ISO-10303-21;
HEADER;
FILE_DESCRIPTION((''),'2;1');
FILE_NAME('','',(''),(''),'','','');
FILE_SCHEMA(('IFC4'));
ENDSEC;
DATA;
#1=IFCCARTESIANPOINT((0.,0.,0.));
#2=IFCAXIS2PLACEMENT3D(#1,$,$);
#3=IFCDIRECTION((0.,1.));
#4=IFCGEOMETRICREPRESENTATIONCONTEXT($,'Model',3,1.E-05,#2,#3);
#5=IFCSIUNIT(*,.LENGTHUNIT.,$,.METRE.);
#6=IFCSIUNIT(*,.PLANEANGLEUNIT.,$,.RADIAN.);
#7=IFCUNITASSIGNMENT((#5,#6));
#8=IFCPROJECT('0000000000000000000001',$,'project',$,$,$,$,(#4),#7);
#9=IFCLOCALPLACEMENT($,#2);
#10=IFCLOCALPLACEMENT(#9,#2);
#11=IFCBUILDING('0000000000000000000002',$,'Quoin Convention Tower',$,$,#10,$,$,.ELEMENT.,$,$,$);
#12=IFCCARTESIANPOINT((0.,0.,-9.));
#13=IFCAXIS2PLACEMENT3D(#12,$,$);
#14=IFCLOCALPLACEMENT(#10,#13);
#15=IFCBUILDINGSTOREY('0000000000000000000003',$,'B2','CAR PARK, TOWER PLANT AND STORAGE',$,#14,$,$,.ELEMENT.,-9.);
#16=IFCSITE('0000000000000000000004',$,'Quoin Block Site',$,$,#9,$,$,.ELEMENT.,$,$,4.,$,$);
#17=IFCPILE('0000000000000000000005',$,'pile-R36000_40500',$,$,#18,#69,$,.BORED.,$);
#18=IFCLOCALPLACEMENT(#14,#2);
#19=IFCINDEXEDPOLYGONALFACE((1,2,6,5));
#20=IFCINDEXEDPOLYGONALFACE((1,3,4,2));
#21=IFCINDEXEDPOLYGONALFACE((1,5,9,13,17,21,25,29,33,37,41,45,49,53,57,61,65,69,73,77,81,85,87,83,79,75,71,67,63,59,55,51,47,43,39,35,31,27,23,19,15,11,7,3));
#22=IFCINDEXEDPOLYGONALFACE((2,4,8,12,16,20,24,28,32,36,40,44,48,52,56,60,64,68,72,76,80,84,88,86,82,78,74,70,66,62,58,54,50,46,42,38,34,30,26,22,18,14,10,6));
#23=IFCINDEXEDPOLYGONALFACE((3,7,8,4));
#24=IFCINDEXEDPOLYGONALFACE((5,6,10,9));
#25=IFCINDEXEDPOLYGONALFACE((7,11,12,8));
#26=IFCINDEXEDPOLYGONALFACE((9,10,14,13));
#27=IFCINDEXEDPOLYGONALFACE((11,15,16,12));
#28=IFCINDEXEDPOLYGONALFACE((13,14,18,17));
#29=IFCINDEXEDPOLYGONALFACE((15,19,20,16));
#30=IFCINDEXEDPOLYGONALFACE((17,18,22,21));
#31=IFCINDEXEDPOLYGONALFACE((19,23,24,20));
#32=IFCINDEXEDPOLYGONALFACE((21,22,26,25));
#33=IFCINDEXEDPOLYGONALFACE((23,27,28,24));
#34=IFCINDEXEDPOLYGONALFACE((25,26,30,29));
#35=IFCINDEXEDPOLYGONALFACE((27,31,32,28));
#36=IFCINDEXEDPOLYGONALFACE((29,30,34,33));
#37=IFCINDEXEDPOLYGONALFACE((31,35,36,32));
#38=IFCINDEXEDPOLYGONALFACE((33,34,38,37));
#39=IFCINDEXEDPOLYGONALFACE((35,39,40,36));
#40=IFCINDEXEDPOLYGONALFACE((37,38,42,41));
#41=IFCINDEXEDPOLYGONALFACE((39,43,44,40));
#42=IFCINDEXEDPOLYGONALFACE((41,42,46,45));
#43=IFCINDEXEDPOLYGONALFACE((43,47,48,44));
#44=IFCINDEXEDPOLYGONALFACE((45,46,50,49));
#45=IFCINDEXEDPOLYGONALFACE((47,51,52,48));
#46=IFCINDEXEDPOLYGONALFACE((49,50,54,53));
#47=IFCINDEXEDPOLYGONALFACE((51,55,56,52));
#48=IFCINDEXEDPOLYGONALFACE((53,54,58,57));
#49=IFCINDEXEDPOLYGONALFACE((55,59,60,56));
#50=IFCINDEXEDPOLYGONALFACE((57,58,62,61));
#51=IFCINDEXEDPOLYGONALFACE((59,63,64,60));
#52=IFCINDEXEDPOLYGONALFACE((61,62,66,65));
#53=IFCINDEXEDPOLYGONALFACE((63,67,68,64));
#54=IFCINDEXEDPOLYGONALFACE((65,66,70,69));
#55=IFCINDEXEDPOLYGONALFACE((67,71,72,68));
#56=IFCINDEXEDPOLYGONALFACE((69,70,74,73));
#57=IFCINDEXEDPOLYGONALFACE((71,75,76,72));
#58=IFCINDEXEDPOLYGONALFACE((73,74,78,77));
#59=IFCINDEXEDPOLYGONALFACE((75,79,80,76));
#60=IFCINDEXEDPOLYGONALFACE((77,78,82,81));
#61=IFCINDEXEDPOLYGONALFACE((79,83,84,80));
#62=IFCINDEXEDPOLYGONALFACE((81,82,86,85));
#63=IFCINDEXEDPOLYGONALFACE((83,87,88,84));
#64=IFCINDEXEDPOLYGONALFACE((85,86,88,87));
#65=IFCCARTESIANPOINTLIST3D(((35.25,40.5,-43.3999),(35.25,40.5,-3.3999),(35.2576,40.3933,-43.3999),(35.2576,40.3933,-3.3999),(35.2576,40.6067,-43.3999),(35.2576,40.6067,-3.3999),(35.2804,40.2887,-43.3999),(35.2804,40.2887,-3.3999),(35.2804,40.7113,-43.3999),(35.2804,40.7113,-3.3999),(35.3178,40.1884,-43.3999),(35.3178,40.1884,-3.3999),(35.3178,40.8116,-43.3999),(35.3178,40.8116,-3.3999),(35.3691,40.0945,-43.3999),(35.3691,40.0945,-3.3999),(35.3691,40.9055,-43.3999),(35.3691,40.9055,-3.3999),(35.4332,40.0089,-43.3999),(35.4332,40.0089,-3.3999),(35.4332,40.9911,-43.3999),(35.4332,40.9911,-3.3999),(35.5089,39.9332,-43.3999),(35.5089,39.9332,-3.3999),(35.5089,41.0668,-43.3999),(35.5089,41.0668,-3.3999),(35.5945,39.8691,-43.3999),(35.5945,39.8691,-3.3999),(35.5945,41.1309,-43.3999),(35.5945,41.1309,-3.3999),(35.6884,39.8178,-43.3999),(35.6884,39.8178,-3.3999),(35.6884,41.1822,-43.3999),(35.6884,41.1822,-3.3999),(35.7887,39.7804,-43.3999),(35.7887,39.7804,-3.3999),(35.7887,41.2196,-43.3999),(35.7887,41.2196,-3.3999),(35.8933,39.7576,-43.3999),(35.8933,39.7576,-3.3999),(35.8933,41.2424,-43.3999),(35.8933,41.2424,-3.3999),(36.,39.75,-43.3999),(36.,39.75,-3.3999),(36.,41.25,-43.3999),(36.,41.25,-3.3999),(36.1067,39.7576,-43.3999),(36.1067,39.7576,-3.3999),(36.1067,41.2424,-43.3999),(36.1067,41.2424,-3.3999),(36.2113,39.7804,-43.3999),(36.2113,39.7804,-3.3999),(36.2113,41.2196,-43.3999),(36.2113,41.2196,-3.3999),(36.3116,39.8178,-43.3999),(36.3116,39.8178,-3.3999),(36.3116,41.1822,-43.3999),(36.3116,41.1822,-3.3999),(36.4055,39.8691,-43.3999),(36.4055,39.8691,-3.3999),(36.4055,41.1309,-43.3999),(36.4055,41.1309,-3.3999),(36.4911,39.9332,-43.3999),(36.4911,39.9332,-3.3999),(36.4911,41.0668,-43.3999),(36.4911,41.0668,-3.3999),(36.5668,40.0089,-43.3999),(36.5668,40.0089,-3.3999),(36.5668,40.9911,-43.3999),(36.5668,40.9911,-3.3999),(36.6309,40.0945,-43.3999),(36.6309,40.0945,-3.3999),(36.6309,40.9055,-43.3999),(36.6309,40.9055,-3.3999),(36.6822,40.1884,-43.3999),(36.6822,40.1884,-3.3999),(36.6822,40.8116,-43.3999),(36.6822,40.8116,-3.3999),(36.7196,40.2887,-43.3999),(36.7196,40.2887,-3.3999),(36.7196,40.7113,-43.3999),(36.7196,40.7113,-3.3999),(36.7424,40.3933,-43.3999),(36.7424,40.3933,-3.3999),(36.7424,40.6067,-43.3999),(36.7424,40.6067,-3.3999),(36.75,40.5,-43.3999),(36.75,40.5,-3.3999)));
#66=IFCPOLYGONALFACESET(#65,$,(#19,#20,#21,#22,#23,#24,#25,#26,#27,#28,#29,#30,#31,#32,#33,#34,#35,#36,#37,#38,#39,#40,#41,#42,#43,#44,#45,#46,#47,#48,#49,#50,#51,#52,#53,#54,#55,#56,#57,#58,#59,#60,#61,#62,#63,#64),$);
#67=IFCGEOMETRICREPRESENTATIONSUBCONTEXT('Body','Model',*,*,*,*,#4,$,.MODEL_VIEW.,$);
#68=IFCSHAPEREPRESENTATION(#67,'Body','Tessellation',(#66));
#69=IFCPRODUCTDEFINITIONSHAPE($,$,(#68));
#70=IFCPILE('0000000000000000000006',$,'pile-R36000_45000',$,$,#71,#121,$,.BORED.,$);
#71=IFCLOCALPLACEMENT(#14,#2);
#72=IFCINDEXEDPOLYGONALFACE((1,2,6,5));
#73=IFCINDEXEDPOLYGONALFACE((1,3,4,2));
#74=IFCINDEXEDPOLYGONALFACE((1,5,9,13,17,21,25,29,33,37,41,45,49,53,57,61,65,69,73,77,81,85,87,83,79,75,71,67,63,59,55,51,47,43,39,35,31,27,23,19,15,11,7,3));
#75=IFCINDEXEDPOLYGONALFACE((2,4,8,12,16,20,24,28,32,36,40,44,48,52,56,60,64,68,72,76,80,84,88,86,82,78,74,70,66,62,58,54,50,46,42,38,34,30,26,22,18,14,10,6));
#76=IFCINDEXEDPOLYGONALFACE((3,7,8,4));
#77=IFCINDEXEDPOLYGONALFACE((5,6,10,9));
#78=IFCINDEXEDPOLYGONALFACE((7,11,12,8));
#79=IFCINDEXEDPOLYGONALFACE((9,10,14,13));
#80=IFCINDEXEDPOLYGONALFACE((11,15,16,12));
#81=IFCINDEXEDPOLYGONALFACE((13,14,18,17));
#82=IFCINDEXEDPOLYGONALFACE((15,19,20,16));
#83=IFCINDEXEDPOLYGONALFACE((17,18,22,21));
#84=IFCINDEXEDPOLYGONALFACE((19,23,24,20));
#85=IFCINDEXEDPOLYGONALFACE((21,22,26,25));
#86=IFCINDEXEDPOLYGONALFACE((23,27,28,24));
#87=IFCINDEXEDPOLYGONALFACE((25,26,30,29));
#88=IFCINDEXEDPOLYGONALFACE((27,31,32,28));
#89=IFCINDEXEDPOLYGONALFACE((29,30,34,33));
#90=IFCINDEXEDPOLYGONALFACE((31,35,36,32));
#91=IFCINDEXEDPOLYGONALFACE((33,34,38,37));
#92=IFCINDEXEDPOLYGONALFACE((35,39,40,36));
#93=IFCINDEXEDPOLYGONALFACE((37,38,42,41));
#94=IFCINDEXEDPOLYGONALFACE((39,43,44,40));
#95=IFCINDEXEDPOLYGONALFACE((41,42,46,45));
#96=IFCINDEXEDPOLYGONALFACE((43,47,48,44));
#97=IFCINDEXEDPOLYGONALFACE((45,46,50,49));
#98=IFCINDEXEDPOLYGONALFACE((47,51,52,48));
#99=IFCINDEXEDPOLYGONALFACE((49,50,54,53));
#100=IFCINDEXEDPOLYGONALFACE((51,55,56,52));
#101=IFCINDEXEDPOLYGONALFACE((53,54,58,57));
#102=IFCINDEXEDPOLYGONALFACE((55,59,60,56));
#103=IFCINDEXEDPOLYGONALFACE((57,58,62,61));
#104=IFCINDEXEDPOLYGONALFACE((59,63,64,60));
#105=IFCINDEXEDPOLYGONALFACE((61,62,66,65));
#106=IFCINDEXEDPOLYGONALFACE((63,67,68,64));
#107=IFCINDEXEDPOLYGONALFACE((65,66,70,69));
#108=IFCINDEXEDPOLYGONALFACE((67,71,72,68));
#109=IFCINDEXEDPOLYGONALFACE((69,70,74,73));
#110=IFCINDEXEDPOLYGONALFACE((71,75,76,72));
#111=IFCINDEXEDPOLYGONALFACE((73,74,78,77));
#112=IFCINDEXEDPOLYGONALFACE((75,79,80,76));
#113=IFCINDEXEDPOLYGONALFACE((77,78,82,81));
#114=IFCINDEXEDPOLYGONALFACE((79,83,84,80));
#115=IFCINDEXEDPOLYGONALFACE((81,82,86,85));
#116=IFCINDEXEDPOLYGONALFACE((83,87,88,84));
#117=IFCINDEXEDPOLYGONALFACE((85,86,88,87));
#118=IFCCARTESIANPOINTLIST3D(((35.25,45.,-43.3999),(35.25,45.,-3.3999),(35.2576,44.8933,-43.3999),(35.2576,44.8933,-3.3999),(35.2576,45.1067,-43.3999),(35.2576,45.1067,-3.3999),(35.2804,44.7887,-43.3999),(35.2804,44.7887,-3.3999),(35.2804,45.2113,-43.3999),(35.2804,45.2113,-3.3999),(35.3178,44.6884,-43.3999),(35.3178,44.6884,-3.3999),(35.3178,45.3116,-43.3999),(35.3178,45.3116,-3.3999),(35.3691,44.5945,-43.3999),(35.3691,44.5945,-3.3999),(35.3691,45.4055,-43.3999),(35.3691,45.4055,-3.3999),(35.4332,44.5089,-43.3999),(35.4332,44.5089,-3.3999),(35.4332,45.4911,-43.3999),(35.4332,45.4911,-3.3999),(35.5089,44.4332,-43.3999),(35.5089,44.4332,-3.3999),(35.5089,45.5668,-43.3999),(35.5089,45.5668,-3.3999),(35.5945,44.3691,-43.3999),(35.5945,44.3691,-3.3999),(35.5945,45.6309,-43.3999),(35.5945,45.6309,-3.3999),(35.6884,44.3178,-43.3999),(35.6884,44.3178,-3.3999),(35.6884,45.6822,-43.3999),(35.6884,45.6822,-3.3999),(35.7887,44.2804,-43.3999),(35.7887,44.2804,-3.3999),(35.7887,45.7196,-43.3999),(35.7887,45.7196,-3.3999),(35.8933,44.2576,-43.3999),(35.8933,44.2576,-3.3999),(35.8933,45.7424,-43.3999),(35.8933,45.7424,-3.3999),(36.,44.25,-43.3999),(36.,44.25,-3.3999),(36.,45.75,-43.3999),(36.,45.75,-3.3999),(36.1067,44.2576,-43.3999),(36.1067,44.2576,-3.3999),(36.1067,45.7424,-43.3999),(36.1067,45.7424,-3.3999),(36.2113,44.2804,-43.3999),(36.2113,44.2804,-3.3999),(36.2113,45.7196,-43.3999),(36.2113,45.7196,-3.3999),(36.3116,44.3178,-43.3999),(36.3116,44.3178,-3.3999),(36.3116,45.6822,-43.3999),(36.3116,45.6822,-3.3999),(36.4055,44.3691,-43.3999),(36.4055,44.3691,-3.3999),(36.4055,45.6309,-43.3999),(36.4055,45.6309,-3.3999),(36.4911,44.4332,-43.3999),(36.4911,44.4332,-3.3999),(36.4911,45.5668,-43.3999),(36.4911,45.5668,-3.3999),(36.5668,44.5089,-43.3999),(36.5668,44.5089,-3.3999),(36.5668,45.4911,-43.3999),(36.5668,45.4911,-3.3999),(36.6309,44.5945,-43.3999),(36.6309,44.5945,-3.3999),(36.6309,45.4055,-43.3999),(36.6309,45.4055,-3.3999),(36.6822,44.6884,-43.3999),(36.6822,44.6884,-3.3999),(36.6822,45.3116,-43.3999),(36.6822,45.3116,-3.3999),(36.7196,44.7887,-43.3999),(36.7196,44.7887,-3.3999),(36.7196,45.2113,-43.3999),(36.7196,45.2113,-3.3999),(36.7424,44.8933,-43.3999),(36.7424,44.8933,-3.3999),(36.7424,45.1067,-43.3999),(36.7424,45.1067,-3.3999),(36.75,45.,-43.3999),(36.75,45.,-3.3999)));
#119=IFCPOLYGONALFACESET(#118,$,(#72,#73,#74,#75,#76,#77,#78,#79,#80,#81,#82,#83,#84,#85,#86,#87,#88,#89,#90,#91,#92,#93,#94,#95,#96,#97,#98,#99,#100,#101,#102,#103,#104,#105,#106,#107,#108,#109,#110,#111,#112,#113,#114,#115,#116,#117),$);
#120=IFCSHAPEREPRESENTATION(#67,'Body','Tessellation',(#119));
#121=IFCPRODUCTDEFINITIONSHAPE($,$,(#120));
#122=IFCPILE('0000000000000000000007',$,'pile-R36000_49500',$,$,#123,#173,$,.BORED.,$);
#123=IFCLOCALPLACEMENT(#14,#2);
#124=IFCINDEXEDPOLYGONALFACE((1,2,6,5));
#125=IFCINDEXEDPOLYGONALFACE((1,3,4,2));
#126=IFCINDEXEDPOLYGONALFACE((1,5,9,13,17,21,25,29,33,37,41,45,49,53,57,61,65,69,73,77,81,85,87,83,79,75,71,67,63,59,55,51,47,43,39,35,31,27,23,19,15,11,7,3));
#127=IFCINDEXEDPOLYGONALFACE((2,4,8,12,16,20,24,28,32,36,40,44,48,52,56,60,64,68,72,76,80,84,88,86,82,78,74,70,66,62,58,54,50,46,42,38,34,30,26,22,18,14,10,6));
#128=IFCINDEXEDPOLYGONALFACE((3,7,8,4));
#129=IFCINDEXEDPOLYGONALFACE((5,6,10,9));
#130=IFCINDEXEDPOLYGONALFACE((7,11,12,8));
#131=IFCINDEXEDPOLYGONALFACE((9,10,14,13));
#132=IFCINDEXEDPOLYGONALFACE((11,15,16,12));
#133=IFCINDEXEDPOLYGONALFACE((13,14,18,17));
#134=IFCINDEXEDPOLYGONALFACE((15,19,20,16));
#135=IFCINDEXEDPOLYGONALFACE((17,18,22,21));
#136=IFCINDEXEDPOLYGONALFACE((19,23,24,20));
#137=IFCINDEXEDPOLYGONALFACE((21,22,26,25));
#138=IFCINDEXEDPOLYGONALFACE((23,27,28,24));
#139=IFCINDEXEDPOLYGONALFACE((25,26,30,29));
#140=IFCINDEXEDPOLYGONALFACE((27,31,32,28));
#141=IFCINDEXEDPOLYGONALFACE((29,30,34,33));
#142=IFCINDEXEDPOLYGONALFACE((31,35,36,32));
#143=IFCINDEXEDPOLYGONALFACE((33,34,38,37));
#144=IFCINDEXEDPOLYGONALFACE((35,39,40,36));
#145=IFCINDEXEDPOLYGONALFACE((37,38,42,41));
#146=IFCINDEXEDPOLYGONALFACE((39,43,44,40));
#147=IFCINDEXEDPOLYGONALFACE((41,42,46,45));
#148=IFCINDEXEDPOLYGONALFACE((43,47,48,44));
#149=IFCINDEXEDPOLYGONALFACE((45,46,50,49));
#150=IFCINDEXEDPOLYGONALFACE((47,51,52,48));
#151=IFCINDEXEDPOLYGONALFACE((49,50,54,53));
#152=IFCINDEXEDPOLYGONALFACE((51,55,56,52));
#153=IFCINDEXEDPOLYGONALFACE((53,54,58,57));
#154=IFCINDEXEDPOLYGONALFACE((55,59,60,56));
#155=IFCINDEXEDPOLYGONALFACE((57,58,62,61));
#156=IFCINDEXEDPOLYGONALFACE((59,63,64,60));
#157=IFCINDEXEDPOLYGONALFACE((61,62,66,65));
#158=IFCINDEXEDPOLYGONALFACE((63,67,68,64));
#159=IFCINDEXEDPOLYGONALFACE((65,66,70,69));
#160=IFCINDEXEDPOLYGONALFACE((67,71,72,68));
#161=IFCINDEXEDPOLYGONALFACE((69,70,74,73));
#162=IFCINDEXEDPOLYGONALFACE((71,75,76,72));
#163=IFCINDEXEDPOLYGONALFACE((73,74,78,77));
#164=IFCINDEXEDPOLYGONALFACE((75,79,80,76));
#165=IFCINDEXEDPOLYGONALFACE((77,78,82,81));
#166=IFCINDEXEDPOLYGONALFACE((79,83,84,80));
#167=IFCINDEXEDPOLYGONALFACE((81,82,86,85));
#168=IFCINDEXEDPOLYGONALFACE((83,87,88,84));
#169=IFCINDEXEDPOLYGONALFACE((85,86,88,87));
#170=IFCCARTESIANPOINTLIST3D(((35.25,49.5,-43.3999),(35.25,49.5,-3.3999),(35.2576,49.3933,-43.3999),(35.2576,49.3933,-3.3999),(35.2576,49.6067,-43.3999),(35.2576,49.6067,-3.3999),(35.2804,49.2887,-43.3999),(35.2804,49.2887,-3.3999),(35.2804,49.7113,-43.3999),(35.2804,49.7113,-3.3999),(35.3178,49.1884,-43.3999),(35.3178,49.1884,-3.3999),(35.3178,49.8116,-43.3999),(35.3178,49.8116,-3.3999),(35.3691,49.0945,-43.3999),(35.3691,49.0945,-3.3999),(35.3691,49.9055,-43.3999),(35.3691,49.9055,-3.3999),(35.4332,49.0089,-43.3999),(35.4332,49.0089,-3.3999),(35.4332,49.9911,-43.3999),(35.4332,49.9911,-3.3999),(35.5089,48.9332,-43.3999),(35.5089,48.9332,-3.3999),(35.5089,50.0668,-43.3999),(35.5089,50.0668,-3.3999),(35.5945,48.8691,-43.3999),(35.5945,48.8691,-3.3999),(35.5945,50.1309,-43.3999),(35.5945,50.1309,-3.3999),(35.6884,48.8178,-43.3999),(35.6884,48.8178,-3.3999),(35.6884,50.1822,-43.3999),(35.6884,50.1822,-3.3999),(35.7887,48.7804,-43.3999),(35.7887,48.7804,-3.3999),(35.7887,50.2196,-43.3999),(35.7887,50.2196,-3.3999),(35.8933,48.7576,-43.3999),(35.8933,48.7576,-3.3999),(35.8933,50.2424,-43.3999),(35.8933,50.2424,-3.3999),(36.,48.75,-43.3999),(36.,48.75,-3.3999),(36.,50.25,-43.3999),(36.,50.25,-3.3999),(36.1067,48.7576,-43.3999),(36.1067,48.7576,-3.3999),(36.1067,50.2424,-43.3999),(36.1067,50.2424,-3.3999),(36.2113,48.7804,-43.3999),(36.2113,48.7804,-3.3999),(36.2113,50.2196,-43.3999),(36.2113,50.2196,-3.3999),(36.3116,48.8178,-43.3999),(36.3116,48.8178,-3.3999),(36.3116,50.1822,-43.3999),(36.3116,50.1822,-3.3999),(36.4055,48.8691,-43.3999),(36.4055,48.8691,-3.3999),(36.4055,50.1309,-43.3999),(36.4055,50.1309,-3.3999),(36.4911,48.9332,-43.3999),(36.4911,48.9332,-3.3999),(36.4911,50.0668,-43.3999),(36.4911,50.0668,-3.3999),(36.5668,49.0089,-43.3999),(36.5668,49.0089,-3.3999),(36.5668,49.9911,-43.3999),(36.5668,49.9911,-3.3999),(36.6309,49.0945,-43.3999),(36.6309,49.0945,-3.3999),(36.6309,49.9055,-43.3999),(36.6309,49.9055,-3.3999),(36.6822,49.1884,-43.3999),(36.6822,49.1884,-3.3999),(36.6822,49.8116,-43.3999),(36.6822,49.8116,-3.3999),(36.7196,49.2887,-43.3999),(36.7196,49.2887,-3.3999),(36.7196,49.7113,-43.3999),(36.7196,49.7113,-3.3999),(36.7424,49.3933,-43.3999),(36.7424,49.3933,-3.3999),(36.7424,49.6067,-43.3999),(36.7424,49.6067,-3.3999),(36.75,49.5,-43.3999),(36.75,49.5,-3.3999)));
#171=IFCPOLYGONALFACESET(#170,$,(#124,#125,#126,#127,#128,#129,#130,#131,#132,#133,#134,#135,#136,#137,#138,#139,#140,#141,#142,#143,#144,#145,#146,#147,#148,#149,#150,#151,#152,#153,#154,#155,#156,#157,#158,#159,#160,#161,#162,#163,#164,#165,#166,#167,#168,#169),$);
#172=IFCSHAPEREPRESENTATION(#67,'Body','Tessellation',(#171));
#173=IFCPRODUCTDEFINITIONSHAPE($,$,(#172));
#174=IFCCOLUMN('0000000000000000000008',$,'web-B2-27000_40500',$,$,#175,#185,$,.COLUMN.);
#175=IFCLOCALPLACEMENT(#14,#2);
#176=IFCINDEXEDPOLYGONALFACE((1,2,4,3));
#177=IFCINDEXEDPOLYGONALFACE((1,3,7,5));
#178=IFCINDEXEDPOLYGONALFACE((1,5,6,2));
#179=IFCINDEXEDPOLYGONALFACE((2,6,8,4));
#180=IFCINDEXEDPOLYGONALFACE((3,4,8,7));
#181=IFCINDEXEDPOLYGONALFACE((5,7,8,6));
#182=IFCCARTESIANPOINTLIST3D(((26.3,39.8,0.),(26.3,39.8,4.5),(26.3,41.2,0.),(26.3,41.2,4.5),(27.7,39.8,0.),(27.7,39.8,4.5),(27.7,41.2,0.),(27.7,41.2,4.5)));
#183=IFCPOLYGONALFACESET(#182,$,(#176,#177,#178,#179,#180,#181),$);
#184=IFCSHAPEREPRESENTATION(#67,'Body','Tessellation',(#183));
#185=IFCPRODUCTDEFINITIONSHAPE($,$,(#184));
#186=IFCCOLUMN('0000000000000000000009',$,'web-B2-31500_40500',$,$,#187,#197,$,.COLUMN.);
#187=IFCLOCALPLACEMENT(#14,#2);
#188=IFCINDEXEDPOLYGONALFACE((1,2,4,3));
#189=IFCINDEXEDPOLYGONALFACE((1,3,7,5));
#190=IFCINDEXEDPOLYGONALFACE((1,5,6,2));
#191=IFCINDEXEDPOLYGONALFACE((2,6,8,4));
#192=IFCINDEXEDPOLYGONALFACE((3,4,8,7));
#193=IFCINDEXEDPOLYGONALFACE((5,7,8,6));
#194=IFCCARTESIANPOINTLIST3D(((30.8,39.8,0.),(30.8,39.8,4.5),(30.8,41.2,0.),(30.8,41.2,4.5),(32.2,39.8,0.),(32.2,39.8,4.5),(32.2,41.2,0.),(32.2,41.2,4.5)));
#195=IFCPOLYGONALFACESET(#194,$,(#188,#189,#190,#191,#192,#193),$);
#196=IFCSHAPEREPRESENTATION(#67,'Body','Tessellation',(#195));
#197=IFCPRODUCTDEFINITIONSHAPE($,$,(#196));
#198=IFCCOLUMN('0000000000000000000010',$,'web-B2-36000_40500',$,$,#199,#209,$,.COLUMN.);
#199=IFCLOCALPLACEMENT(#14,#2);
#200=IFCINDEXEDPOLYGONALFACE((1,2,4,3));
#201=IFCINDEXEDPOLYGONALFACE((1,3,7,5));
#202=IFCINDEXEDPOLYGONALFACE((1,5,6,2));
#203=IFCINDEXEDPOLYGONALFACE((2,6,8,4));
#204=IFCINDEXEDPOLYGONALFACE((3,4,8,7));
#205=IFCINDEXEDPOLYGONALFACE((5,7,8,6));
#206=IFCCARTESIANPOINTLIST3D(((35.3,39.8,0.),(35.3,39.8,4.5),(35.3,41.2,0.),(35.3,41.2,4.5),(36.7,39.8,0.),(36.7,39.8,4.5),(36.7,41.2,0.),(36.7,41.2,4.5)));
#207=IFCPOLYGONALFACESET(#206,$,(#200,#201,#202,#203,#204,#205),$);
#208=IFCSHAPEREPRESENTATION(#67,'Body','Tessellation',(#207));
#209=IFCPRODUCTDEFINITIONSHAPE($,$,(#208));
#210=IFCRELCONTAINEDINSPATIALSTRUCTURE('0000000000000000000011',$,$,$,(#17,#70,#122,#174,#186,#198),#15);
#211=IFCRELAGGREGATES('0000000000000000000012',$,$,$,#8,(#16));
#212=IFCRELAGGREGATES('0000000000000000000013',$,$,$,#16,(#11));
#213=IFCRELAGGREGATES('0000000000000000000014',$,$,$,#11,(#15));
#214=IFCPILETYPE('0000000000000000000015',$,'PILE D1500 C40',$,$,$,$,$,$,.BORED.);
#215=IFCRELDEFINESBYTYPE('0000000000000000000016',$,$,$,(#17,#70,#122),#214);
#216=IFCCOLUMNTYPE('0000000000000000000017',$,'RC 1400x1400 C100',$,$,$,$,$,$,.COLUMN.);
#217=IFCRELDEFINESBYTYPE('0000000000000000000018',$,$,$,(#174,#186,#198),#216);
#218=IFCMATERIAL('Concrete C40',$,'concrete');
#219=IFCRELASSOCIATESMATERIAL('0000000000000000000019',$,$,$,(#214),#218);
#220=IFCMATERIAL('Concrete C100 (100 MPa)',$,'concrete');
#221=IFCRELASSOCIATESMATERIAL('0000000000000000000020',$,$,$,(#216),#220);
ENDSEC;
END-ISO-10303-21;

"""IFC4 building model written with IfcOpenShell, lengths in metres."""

from ifc_helpers import new_model, si_unit, direction, frame, origin, origin_2d, place, context, subcontext, project, spatial, rectangle, circle, extrude, material, material_profile, profile_set, type_object, element, save


model = new_model("IFC4")

# Units and contexts
model_context = context("Model", 3, precision=1e-05, world=origin(), true_north=direction((0.0, 1.0)))
body_context = subcontext(model_context, "Body", "Model", "MODEL_VIEW")
ifc_project = project(units=[si_unit("LENGTHUNIT", "METRE"), si_unit("PLANEANGLEUNIT", "RADIAN")], contexts=[model_context])

# Site, building, storey
site_placement = place(None, origin())
site = spatial("IfcSite", under=ifc_project, at=site_placement, Name="Quoin Block Site", CompositionType="ELEMENT", RefElevation=4.0)
building_placement = place(site_placement, origin())
building = spatial("IfcBuilding", under=site, at=building_placement, Name="Quoin Convention Tower", CompositionType="ELEMENT")
storey_placement = place(building_placement, frame((0.0, 0.0, -9.0)))
storey = spatial("IfcBuildingStorey", under=building, at=storey_placement, Name="B2", Description="CAR PARK, TOWER PLANT AND STORAGE", CompositionType="ELEMENT", Elevation=-9.0)

# Piles
ifc_material_1 = material(Name="Concrete C40", Category="concrete")
ifc_material_profile_1 = material_profile(ifc_material_1, circle(Radius=0.75, at=origin_2d()), Name="D1500")
ifc_profile_set_1 = profile_set([ifc_material_profile_1], Name="Concrete C40")
pile_type = type_object("IfcPileType", Name="PILE D1500 C40", PredefinedType="BORED", material=ifc_profile_set_1)
for number, where, z_axis, x_axis, name in (
    (1, (36.0, 40.5, -3.3999), (0.0, 0.0, -1.0), (1.0, 0.0, 0.0), "pile-R36000_40500"),
    (2, (36.0, 45.0, -3.3999), (0.0, 0.0, -1.0), (1.0, 0.0, 0.0), "pile-R36000_45000"),
    (3, (36.0, 49.5, -3.3999), (0.0, 0.0, -1.0), (1.0, 0.0, 0.0), "pile-R36000_49500"),
):
    element("IfcPile", number, at=place(storey_placement, frame(where, z_axis=z_axis, x_axis=x_axis)), inside=storey, type_object=pile_type, Name=name, PredefinedType="BORED", context=body_context, shape_type="SweptSolid", body=[
        extrude(circle(Radius=0.75, at=origin_2d()), origin(), (0.0, 0.0, 1.0), 40.0),
    ])

# Columns
ifc_material_2 = material(Name="Concrete C100 (100 MPa)", Category="concrete")
ifc_material_profile_2 = material_profile(ifc_material_2, rectangle(XDim=1.3999, YDim=1.3999, at=origin_2d()), Name="RC 1400x1400")
ifc_profile_set_2 = profile_set([ifc_material_profile_2], Name="Concrete C100 (100 MPa)")
column_type = type_object("IfcColumnType", Name="RC 1400x1400 C100", PredefinedType="COLUMN", material=ifc_profile_set_2)
for number, where, z_axis, x_axis, name in (
    (4, (27.0, 40.5, 0.0), (0.0, 0.0, 1.0), (1.0, 0.0, 0.0), "web-B2-27000_40500"),
    (5, (31.5, 40.5, 0.0), (0.0, 0.0, 1.0), (1.0, 0.0, 0.0), "web-B2-31500_40500"),
    (6, (36.0, 40.5, 0.0), (0.0, 0.0, 1.0), (1.0, 0.0, 0.0), "web-B2-36000_40500"),
):
    element("IfcColumn", number, at=place(storey_placement, frame(where, z_axis=z_axis, x_axis=x_axis)), inside=storey, type_object=column_type, Name=name, PredefinedType="COLUMN", context=body_context, shape_type="SweptSolid", body=[
        extrude(rectangle(XDim=1.3999, YDim=1.3999, at=origin_2d()), origin(), (0.0, 0.0, 1.0), 4.5),
    ])

save(model, "model.ifc")
